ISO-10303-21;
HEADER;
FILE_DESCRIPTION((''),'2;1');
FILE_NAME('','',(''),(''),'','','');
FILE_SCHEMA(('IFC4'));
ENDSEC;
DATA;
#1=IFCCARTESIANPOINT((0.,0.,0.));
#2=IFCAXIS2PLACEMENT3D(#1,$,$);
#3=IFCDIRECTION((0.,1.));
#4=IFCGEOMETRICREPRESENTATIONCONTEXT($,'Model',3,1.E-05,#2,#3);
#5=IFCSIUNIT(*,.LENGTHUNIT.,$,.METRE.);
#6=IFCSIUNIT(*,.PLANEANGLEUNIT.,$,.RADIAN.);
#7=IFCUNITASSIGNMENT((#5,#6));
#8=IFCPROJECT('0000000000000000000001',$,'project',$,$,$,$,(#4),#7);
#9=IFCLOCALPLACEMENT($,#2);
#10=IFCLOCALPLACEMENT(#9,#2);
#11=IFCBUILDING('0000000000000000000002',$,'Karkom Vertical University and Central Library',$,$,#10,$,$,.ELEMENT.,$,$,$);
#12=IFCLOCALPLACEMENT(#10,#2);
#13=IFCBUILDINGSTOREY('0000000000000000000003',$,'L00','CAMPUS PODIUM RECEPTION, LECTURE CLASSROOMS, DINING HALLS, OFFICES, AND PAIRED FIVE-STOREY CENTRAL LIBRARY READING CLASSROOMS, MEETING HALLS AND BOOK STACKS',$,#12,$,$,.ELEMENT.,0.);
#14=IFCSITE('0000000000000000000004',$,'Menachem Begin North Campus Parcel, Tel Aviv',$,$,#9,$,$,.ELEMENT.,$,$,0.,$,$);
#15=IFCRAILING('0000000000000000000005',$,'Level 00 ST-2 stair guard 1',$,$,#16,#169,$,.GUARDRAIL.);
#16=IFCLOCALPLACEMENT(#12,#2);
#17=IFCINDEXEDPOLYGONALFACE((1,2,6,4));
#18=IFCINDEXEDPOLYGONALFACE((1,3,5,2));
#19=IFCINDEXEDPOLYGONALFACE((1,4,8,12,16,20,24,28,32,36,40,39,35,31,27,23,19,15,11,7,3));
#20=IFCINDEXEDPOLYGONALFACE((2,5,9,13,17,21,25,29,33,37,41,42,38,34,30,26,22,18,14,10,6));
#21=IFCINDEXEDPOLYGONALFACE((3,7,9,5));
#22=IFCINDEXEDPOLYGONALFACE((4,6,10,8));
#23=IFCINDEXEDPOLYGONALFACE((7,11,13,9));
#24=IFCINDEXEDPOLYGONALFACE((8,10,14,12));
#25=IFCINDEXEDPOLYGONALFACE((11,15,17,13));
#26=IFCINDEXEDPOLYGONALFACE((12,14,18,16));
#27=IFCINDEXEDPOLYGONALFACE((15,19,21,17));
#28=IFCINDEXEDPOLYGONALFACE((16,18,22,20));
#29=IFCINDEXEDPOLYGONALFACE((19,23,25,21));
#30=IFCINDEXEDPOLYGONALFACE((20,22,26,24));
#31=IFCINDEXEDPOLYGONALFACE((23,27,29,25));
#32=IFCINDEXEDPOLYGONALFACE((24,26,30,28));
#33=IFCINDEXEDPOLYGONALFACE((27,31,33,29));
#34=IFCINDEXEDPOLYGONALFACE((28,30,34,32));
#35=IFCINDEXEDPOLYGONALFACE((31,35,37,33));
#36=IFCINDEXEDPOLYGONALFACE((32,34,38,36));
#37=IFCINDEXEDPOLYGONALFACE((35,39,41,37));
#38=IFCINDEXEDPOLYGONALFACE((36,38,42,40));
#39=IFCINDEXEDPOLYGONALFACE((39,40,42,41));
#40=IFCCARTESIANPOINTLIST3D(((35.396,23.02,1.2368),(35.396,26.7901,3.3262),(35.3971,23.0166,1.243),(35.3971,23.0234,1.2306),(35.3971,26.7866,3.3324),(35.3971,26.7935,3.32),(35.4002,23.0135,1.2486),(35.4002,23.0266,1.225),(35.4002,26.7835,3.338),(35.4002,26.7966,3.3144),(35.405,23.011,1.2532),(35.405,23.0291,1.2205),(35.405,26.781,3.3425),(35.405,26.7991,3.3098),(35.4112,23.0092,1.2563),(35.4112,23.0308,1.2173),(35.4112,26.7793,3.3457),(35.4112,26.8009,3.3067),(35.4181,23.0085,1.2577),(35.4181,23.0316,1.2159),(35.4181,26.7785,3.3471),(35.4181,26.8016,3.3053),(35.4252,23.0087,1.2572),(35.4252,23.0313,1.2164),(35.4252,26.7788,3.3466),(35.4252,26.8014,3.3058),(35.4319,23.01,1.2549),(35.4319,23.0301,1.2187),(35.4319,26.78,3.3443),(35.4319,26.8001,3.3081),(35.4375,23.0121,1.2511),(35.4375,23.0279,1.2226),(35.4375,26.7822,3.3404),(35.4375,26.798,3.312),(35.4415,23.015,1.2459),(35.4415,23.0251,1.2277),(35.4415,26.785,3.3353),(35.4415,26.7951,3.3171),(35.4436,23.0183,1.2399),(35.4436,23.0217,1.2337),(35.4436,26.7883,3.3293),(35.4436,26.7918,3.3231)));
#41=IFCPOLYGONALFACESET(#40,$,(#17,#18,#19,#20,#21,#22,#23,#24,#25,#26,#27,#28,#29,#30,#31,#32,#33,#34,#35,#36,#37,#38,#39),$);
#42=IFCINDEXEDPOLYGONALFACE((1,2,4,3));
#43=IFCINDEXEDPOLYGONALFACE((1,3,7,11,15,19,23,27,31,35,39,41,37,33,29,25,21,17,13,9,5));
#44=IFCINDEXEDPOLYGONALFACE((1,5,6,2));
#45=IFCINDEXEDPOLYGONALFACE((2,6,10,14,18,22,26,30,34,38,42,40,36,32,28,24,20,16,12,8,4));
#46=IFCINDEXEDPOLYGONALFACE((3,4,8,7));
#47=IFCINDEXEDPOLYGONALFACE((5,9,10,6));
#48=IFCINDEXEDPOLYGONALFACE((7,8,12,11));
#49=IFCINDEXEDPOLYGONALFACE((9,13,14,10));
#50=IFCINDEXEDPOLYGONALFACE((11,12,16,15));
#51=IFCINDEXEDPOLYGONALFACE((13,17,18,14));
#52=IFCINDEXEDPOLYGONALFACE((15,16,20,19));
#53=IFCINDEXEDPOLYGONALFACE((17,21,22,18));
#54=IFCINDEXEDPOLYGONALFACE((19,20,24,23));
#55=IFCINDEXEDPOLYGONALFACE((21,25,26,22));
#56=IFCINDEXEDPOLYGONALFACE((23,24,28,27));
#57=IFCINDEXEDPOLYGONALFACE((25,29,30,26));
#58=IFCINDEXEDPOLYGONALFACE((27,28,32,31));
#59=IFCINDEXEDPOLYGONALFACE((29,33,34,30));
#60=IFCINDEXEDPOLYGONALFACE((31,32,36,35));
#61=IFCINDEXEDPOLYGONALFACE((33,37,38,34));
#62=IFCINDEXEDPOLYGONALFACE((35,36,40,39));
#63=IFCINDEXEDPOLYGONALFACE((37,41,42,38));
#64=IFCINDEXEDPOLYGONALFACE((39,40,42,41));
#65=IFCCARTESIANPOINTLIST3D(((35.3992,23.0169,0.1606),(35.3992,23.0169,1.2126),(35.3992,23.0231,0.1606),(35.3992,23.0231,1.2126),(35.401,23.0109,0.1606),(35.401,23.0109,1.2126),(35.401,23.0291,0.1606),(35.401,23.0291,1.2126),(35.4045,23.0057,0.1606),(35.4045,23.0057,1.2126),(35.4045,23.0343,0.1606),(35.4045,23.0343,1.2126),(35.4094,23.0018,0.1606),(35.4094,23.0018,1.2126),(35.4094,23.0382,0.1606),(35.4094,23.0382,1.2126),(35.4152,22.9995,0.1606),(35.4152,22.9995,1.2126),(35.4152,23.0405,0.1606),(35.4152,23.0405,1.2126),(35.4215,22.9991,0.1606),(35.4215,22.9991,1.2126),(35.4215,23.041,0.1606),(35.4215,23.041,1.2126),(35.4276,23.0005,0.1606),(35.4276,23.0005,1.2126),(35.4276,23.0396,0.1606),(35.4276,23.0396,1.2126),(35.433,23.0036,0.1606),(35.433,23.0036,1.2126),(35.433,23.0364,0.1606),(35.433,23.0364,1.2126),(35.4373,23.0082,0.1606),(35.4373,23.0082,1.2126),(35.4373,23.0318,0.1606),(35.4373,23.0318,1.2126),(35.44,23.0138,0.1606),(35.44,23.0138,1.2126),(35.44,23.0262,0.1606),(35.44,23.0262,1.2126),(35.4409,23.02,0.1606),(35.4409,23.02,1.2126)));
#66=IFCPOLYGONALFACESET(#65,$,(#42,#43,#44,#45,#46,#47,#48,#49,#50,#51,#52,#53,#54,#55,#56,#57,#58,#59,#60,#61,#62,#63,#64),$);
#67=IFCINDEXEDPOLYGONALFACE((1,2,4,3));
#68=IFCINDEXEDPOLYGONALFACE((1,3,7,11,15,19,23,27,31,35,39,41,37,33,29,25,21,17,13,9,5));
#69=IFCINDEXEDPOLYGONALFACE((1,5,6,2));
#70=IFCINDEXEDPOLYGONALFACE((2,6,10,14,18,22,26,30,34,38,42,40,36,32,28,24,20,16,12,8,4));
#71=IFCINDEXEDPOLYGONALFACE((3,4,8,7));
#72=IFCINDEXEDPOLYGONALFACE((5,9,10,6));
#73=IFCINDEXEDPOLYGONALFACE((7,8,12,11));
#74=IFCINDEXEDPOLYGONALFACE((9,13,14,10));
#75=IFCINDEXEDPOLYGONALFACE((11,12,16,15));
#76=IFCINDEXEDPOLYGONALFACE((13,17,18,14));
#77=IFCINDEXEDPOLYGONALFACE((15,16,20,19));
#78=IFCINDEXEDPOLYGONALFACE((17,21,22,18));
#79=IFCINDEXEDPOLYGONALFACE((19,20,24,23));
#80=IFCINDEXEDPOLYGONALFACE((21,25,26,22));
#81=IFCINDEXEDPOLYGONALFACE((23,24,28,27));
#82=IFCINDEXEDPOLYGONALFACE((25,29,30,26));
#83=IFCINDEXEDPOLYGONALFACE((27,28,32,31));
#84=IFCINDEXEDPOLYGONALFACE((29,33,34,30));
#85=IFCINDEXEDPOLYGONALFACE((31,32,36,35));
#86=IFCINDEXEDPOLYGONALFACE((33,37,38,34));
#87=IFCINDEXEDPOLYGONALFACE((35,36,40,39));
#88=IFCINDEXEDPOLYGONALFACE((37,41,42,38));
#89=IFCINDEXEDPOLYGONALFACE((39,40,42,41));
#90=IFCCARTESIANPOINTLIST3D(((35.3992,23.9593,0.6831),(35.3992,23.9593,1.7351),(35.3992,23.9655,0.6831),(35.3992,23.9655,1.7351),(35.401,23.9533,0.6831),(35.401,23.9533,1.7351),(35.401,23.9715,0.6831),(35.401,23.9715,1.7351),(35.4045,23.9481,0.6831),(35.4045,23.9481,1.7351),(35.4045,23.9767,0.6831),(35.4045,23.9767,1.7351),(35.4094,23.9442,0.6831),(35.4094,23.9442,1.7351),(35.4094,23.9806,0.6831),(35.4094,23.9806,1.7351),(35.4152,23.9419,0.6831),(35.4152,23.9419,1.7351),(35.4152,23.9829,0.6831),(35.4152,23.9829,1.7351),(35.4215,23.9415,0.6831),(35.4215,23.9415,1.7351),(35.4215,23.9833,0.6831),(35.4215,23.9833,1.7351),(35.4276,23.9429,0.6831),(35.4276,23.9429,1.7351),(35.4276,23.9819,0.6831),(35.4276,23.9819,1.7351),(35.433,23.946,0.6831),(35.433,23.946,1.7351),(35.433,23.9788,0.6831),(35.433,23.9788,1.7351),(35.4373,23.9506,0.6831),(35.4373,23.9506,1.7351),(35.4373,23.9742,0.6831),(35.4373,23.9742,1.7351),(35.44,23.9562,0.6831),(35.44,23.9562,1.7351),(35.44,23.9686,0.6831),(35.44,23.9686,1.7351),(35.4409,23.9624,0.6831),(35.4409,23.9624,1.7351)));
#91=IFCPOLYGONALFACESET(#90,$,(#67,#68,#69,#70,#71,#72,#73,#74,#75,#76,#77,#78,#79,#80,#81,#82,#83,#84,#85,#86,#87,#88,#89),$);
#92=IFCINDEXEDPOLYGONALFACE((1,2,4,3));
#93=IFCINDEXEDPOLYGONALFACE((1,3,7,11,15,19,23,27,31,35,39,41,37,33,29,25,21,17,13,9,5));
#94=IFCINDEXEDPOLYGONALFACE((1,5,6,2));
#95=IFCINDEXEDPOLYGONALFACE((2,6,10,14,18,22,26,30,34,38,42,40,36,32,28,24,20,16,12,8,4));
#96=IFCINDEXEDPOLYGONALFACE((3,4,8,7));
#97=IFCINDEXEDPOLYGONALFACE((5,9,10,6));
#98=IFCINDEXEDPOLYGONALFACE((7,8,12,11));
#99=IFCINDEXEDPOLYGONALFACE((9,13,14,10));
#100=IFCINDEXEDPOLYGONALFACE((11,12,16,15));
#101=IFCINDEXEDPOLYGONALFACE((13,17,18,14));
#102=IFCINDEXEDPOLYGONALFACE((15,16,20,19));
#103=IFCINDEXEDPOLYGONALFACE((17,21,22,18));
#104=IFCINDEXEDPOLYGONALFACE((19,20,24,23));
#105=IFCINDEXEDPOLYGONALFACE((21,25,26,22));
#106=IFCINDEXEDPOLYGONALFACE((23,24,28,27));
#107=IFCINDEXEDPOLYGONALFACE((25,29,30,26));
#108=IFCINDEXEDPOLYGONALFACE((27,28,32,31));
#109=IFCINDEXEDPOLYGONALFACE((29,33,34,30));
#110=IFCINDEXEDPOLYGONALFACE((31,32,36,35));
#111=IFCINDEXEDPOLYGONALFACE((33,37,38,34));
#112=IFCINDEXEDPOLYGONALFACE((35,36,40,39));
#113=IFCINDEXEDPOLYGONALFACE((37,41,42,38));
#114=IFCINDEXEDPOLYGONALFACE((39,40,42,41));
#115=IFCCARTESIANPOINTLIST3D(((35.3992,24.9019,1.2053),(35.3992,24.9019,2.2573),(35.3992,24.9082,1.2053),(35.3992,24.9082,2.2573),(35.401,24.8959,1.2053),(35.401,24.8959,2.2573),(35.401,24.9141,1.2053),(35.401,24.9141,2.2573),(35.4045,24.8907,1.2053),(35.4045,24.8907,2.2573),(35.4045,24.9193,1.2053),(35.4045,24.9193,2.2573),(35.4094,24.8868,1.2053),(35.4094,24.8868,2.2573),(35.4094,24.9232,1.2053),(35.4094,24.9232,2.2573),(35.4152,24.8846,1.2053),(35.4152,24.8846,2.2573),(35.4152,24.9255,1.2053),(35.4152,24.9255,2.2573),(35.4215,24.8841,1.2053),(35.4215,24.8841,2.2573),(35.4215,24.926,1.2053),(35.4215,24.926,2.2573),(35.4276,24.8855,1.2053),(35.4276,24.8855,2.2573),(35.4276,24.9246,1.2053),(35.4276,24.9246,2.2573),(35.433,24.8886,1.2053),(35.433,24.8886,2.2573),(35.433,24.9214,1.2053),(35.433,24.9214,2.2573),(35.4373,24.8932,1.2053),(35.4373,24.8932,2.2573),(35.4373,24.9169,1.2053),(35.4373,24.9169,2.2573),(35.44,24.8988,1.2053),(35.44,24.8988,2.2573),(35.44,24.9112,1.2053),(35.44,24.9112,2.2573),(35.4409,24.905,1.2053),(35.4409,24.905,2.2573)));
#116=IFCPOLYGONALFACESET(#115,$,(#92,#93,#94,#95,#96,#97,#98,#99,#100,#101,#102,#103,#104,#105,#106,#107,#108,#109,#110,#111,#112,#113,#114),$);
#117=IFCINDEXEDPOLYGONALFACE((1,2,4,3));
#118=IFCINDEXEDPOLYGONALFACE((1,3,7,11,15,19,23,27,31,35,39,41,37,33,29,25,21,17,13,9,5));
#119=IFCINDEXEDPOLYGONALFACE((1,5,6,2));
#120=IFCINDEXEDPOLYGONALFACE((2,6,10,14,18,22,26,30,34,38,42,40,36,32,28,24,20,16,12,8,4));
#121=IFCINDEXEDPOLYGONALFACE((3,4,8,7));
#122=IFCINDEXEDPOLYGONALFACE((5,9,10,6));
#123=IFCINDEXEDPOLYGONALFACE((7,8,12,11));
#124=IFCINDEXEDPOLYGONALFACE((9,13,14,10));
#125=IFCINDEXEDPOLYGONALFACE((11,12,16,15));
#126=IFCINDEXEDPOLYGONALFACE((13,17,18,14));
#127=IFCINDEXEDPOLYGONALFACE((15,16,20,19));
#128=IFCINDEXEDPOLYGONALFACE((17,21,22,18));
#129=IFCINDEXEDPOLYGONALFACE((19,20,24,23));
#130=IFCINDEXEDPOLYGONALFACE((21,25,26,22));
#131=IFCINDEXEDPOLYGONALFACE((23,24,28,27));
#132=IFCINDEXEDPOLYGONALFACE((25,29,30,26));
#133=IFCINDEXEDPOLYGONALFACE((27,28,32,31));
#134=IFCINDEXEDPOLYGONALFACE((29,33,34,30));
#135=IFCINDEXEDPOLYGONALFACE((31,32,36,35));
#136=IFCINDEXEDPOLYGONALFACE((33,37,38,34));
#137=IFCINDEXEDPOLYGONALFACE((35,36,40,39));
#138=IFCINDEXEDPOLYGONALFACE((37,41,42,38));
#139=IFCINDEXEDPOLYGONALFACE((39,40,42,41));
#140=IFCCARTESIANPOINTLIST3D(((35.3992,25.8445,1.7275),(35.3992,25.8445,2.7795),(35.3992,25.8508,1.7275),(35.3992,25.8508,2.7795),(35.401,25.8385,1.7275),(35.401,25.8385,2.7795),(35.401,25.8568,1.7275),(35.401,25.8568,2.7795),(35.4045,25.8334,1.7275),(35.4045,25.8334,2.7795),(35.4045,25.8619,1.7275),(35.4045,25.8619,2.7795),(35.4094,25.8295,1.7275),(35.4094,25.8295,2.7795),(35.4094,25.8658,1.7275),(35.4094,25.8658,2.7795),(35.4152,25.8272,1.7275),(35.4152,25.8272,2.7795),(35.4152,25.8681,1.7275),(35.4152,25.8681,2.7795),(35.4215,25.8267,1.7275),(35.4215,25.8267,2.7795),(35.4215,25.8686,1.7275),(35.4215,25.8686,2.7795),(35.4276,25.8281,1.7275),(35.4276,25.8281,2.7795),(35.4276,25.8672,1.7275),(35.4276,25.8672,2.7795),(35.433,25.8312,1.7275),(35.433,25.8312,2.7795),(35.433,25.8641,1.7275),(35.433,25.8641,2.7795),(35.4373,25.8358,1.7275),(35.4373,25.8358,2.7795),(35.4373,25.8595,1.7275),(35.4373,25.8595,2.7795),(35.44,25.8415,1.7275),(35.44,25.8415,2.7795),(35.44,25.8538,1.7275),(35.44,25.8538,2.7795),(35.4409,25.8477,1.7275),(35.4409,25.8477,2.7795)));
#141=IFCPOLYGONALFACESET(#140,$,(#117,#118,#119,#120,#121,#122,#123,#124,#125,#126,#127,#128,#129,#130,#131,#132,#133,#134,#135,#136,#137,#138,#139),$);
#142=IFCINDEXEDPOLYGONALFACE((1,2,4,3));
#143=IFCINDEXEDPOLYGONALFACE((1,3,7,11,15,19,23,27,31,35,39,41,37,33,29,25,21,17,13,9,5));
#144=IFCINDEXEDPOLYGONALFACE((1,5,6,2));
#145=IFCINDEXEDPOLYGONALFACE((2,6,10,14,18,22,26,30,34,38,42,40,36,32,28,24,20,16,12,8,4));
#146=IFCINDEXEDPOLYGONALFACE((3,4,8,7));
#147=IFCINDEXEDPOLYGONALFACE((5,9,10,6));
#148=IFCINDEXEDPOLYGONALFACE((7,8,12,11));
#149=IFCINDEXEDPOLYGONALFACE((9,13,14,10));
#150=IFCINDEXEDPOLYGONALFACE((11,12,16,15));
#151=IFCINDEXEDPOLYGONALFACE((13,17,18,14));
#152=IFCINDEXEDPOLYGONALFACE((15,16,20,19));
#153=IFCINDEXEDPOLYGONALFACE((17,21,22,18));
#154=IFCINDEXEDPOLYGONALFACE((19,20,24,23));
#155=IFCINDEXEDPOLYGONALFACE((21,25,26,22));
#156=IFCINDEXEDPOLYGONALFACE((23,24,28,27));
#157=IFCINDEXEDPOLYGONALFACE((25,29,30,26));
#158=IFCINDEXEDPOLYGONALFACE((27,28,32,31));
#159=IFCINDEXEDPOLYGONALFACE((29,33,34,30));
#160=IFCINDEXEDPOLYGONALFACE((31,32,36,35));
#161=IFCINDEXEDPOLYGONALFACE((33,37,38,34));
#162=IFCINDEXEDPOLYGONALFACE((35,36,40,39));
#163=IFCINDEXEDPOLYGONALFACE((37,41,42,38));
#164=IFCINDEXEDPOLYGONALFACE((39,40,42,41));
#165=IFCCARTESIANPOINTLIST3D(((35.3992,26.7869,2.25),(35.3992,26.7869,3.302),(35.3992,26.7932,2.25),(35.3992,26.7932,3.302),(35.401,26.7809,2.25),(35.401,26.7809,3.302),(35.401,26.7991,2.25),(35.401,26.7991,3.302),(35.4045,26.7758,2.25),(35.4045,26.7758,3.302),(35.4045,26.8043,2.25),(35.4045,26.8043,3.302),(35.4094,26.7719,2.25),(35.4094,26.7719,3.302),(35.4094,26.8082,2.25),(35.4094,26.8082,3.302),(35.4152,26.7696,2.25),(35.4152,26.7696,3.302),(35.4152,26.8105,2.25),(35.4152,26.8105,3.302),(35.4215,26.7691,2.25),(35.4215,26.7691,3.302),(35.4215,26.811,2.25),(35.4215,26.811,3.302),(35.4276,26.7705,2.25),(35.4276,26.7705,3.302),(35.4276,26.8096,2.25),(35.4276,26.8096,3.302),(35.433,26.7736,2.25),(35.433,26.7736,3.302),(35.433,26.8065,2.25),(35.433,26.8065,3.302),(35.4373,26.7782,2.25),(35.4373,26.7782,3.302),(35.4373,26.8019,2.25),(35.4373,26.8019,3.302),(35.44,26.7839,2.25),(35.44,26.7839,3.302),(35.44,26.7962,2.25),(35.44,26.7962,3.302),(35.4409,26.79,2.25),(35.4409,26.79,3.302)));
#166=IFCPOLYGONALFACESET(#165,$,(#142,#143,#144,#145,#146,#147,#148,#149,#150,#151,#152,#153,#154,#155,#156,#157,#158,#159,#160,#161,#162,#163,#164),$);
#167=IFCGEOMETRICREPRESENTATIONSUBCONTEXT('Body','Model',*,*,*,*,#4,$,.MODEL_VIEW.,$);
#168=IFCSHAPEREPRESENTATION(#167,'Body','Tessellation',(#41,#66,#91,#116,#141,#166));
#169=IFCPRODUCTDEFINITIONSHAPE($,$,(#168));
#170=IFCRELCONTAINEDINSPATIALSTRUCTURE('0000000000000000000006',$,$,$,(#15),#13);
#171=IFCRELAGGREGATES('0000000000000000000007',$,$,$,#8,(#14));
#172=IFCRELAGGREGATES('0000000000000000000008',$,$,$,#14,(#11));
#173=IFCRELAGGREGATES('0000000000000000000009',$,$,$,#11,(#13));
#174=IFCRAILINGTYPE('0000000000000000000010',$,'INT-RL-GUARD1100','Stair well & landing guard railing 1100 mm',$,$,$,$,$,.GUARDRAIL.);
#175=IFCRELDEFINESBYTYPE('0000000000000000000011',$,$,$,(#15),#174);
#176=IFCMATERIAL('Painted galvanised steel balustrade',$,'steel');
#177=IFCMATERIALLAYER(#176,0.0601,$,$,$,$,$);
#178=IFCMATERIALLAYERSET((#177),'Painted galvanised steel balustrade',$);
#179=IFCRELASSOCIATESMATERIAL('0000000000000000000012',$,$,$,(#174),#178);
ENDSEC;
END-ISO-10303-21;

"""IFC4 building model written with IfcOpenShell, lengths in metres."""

from ifc_helpers import new_model, si_unit, direction, frame, origin, origin_2d, place, context, subcontext, project, spatial, circle, extrude, material, layer, layer_set, type_object, element, save


model = new_model("IFC4")

# Units and contexts
model_context = context("Model", 3, precision=1e-05, world=origin(), true_north=direction((0.0, 1.0)))
body_context = subcontext(model_context, "Body", "Model", "MODEL_VIEW")
ifc_project = project(units=[si_unit("LENGTHUNIT", "METRE"), si_unit("PLANEANGLEUNIT", "RADIAN")], contexts=[model_context])

# Site, building, storey
site_placement = place(None, origin())
site = spatial("IfcSite", under=ifc_project, at=site_placement, Name="Menachem Begin North Campus Parcel, Tel Aviv", CompositionType="ELEMENT", RefElevation=0.0)
building_placement = place(site_placement, origin())
building = spatial("IfcBuilding", under=site, at=building_placement, Name="Karkom Vertical University and Central Library", CompositionType="ELEMENT")
storey_placement = place(building_placement, origin())
storey = spatial("IfcBuildingStorey", under=building, at=storey_placement, Name="L00", Description="CAMPUS PODIUM RECEPTION, LECTURE CLASSROOMS, DINING HALLS, OFFICES, AND PAIRED FIVE-STOREY CENTRAL LIBRARY READING CLASSROOMS, MEETING HALLS AND BOOK STACKS", CompositionType="ELEMENT", Elevation=0.0)

# Railing
ifc_material_1 = material(Name="Painted galvanised steel balustrade", Category="steel")
ifc_layer_1 = layer(ifc_material_1, 0.0601)
ifc_layer_set_1 = layer_set([ifc_layer_1], Name="Painted galvanised steel balustrade")
railing_type_1 = type_object("IfcRailingType", Name="INT-RL-GUARD1100", Description="Stair well & landing guard railing 1100 mm", PredefinedType="GUARDRAIL", material=ifc_layer_set_1)
railing_1_placement = place(storey_placement, frame((35.4199, 23.02, 0.1606)))
element("IfcRailing", 1, at=railing_1_placement, inside=storey, type_object=railing_type_1, Name="Level 00 ST-2 stair guard 1", PredefinedType="GUARDRAIL", context=body_context, shape_type="SweptSolid", body=[
    extrude(circle(Radius=0.0239, at=origin_2d()), frame((0.0, 0.0, 1.0762), z_axis=(0.0, 0.874659, 0.484739), x_axis=(-1.0, 0.0, 0.0)), (0.0, 0.0, 1.0), 4.3103),
    extrude(circle(Radius=0.021, at=origin_2d()), origin(), (0.0, 0.0, 1.0), 1.052),
    extrude(circle(Radius=0.021, at=origin_2d()), frame((0.0, 0.9424, 0.5225)), (0.0, 0.0, 1.0), 1.052),
    extrude(circle(Radius=0.021, at=origin_2d()), frame((0.0, 1.885, 1.0447)), (0.0, 0.0, 1.0), 1.052),
    extrude(circle(Radius=0.021, at=origin_2d()), frame((0.0, 2.8276, 1.5669)), (0.0, 0.0, 1.0), 1.052),
    extrude(circle(Radius=0.021, at=origin_2d()), frame((0.0, 3.77, 2.0894)), (0.0, 0.0, 1.0), 1.052),
])

save(model, "model.ifc")
